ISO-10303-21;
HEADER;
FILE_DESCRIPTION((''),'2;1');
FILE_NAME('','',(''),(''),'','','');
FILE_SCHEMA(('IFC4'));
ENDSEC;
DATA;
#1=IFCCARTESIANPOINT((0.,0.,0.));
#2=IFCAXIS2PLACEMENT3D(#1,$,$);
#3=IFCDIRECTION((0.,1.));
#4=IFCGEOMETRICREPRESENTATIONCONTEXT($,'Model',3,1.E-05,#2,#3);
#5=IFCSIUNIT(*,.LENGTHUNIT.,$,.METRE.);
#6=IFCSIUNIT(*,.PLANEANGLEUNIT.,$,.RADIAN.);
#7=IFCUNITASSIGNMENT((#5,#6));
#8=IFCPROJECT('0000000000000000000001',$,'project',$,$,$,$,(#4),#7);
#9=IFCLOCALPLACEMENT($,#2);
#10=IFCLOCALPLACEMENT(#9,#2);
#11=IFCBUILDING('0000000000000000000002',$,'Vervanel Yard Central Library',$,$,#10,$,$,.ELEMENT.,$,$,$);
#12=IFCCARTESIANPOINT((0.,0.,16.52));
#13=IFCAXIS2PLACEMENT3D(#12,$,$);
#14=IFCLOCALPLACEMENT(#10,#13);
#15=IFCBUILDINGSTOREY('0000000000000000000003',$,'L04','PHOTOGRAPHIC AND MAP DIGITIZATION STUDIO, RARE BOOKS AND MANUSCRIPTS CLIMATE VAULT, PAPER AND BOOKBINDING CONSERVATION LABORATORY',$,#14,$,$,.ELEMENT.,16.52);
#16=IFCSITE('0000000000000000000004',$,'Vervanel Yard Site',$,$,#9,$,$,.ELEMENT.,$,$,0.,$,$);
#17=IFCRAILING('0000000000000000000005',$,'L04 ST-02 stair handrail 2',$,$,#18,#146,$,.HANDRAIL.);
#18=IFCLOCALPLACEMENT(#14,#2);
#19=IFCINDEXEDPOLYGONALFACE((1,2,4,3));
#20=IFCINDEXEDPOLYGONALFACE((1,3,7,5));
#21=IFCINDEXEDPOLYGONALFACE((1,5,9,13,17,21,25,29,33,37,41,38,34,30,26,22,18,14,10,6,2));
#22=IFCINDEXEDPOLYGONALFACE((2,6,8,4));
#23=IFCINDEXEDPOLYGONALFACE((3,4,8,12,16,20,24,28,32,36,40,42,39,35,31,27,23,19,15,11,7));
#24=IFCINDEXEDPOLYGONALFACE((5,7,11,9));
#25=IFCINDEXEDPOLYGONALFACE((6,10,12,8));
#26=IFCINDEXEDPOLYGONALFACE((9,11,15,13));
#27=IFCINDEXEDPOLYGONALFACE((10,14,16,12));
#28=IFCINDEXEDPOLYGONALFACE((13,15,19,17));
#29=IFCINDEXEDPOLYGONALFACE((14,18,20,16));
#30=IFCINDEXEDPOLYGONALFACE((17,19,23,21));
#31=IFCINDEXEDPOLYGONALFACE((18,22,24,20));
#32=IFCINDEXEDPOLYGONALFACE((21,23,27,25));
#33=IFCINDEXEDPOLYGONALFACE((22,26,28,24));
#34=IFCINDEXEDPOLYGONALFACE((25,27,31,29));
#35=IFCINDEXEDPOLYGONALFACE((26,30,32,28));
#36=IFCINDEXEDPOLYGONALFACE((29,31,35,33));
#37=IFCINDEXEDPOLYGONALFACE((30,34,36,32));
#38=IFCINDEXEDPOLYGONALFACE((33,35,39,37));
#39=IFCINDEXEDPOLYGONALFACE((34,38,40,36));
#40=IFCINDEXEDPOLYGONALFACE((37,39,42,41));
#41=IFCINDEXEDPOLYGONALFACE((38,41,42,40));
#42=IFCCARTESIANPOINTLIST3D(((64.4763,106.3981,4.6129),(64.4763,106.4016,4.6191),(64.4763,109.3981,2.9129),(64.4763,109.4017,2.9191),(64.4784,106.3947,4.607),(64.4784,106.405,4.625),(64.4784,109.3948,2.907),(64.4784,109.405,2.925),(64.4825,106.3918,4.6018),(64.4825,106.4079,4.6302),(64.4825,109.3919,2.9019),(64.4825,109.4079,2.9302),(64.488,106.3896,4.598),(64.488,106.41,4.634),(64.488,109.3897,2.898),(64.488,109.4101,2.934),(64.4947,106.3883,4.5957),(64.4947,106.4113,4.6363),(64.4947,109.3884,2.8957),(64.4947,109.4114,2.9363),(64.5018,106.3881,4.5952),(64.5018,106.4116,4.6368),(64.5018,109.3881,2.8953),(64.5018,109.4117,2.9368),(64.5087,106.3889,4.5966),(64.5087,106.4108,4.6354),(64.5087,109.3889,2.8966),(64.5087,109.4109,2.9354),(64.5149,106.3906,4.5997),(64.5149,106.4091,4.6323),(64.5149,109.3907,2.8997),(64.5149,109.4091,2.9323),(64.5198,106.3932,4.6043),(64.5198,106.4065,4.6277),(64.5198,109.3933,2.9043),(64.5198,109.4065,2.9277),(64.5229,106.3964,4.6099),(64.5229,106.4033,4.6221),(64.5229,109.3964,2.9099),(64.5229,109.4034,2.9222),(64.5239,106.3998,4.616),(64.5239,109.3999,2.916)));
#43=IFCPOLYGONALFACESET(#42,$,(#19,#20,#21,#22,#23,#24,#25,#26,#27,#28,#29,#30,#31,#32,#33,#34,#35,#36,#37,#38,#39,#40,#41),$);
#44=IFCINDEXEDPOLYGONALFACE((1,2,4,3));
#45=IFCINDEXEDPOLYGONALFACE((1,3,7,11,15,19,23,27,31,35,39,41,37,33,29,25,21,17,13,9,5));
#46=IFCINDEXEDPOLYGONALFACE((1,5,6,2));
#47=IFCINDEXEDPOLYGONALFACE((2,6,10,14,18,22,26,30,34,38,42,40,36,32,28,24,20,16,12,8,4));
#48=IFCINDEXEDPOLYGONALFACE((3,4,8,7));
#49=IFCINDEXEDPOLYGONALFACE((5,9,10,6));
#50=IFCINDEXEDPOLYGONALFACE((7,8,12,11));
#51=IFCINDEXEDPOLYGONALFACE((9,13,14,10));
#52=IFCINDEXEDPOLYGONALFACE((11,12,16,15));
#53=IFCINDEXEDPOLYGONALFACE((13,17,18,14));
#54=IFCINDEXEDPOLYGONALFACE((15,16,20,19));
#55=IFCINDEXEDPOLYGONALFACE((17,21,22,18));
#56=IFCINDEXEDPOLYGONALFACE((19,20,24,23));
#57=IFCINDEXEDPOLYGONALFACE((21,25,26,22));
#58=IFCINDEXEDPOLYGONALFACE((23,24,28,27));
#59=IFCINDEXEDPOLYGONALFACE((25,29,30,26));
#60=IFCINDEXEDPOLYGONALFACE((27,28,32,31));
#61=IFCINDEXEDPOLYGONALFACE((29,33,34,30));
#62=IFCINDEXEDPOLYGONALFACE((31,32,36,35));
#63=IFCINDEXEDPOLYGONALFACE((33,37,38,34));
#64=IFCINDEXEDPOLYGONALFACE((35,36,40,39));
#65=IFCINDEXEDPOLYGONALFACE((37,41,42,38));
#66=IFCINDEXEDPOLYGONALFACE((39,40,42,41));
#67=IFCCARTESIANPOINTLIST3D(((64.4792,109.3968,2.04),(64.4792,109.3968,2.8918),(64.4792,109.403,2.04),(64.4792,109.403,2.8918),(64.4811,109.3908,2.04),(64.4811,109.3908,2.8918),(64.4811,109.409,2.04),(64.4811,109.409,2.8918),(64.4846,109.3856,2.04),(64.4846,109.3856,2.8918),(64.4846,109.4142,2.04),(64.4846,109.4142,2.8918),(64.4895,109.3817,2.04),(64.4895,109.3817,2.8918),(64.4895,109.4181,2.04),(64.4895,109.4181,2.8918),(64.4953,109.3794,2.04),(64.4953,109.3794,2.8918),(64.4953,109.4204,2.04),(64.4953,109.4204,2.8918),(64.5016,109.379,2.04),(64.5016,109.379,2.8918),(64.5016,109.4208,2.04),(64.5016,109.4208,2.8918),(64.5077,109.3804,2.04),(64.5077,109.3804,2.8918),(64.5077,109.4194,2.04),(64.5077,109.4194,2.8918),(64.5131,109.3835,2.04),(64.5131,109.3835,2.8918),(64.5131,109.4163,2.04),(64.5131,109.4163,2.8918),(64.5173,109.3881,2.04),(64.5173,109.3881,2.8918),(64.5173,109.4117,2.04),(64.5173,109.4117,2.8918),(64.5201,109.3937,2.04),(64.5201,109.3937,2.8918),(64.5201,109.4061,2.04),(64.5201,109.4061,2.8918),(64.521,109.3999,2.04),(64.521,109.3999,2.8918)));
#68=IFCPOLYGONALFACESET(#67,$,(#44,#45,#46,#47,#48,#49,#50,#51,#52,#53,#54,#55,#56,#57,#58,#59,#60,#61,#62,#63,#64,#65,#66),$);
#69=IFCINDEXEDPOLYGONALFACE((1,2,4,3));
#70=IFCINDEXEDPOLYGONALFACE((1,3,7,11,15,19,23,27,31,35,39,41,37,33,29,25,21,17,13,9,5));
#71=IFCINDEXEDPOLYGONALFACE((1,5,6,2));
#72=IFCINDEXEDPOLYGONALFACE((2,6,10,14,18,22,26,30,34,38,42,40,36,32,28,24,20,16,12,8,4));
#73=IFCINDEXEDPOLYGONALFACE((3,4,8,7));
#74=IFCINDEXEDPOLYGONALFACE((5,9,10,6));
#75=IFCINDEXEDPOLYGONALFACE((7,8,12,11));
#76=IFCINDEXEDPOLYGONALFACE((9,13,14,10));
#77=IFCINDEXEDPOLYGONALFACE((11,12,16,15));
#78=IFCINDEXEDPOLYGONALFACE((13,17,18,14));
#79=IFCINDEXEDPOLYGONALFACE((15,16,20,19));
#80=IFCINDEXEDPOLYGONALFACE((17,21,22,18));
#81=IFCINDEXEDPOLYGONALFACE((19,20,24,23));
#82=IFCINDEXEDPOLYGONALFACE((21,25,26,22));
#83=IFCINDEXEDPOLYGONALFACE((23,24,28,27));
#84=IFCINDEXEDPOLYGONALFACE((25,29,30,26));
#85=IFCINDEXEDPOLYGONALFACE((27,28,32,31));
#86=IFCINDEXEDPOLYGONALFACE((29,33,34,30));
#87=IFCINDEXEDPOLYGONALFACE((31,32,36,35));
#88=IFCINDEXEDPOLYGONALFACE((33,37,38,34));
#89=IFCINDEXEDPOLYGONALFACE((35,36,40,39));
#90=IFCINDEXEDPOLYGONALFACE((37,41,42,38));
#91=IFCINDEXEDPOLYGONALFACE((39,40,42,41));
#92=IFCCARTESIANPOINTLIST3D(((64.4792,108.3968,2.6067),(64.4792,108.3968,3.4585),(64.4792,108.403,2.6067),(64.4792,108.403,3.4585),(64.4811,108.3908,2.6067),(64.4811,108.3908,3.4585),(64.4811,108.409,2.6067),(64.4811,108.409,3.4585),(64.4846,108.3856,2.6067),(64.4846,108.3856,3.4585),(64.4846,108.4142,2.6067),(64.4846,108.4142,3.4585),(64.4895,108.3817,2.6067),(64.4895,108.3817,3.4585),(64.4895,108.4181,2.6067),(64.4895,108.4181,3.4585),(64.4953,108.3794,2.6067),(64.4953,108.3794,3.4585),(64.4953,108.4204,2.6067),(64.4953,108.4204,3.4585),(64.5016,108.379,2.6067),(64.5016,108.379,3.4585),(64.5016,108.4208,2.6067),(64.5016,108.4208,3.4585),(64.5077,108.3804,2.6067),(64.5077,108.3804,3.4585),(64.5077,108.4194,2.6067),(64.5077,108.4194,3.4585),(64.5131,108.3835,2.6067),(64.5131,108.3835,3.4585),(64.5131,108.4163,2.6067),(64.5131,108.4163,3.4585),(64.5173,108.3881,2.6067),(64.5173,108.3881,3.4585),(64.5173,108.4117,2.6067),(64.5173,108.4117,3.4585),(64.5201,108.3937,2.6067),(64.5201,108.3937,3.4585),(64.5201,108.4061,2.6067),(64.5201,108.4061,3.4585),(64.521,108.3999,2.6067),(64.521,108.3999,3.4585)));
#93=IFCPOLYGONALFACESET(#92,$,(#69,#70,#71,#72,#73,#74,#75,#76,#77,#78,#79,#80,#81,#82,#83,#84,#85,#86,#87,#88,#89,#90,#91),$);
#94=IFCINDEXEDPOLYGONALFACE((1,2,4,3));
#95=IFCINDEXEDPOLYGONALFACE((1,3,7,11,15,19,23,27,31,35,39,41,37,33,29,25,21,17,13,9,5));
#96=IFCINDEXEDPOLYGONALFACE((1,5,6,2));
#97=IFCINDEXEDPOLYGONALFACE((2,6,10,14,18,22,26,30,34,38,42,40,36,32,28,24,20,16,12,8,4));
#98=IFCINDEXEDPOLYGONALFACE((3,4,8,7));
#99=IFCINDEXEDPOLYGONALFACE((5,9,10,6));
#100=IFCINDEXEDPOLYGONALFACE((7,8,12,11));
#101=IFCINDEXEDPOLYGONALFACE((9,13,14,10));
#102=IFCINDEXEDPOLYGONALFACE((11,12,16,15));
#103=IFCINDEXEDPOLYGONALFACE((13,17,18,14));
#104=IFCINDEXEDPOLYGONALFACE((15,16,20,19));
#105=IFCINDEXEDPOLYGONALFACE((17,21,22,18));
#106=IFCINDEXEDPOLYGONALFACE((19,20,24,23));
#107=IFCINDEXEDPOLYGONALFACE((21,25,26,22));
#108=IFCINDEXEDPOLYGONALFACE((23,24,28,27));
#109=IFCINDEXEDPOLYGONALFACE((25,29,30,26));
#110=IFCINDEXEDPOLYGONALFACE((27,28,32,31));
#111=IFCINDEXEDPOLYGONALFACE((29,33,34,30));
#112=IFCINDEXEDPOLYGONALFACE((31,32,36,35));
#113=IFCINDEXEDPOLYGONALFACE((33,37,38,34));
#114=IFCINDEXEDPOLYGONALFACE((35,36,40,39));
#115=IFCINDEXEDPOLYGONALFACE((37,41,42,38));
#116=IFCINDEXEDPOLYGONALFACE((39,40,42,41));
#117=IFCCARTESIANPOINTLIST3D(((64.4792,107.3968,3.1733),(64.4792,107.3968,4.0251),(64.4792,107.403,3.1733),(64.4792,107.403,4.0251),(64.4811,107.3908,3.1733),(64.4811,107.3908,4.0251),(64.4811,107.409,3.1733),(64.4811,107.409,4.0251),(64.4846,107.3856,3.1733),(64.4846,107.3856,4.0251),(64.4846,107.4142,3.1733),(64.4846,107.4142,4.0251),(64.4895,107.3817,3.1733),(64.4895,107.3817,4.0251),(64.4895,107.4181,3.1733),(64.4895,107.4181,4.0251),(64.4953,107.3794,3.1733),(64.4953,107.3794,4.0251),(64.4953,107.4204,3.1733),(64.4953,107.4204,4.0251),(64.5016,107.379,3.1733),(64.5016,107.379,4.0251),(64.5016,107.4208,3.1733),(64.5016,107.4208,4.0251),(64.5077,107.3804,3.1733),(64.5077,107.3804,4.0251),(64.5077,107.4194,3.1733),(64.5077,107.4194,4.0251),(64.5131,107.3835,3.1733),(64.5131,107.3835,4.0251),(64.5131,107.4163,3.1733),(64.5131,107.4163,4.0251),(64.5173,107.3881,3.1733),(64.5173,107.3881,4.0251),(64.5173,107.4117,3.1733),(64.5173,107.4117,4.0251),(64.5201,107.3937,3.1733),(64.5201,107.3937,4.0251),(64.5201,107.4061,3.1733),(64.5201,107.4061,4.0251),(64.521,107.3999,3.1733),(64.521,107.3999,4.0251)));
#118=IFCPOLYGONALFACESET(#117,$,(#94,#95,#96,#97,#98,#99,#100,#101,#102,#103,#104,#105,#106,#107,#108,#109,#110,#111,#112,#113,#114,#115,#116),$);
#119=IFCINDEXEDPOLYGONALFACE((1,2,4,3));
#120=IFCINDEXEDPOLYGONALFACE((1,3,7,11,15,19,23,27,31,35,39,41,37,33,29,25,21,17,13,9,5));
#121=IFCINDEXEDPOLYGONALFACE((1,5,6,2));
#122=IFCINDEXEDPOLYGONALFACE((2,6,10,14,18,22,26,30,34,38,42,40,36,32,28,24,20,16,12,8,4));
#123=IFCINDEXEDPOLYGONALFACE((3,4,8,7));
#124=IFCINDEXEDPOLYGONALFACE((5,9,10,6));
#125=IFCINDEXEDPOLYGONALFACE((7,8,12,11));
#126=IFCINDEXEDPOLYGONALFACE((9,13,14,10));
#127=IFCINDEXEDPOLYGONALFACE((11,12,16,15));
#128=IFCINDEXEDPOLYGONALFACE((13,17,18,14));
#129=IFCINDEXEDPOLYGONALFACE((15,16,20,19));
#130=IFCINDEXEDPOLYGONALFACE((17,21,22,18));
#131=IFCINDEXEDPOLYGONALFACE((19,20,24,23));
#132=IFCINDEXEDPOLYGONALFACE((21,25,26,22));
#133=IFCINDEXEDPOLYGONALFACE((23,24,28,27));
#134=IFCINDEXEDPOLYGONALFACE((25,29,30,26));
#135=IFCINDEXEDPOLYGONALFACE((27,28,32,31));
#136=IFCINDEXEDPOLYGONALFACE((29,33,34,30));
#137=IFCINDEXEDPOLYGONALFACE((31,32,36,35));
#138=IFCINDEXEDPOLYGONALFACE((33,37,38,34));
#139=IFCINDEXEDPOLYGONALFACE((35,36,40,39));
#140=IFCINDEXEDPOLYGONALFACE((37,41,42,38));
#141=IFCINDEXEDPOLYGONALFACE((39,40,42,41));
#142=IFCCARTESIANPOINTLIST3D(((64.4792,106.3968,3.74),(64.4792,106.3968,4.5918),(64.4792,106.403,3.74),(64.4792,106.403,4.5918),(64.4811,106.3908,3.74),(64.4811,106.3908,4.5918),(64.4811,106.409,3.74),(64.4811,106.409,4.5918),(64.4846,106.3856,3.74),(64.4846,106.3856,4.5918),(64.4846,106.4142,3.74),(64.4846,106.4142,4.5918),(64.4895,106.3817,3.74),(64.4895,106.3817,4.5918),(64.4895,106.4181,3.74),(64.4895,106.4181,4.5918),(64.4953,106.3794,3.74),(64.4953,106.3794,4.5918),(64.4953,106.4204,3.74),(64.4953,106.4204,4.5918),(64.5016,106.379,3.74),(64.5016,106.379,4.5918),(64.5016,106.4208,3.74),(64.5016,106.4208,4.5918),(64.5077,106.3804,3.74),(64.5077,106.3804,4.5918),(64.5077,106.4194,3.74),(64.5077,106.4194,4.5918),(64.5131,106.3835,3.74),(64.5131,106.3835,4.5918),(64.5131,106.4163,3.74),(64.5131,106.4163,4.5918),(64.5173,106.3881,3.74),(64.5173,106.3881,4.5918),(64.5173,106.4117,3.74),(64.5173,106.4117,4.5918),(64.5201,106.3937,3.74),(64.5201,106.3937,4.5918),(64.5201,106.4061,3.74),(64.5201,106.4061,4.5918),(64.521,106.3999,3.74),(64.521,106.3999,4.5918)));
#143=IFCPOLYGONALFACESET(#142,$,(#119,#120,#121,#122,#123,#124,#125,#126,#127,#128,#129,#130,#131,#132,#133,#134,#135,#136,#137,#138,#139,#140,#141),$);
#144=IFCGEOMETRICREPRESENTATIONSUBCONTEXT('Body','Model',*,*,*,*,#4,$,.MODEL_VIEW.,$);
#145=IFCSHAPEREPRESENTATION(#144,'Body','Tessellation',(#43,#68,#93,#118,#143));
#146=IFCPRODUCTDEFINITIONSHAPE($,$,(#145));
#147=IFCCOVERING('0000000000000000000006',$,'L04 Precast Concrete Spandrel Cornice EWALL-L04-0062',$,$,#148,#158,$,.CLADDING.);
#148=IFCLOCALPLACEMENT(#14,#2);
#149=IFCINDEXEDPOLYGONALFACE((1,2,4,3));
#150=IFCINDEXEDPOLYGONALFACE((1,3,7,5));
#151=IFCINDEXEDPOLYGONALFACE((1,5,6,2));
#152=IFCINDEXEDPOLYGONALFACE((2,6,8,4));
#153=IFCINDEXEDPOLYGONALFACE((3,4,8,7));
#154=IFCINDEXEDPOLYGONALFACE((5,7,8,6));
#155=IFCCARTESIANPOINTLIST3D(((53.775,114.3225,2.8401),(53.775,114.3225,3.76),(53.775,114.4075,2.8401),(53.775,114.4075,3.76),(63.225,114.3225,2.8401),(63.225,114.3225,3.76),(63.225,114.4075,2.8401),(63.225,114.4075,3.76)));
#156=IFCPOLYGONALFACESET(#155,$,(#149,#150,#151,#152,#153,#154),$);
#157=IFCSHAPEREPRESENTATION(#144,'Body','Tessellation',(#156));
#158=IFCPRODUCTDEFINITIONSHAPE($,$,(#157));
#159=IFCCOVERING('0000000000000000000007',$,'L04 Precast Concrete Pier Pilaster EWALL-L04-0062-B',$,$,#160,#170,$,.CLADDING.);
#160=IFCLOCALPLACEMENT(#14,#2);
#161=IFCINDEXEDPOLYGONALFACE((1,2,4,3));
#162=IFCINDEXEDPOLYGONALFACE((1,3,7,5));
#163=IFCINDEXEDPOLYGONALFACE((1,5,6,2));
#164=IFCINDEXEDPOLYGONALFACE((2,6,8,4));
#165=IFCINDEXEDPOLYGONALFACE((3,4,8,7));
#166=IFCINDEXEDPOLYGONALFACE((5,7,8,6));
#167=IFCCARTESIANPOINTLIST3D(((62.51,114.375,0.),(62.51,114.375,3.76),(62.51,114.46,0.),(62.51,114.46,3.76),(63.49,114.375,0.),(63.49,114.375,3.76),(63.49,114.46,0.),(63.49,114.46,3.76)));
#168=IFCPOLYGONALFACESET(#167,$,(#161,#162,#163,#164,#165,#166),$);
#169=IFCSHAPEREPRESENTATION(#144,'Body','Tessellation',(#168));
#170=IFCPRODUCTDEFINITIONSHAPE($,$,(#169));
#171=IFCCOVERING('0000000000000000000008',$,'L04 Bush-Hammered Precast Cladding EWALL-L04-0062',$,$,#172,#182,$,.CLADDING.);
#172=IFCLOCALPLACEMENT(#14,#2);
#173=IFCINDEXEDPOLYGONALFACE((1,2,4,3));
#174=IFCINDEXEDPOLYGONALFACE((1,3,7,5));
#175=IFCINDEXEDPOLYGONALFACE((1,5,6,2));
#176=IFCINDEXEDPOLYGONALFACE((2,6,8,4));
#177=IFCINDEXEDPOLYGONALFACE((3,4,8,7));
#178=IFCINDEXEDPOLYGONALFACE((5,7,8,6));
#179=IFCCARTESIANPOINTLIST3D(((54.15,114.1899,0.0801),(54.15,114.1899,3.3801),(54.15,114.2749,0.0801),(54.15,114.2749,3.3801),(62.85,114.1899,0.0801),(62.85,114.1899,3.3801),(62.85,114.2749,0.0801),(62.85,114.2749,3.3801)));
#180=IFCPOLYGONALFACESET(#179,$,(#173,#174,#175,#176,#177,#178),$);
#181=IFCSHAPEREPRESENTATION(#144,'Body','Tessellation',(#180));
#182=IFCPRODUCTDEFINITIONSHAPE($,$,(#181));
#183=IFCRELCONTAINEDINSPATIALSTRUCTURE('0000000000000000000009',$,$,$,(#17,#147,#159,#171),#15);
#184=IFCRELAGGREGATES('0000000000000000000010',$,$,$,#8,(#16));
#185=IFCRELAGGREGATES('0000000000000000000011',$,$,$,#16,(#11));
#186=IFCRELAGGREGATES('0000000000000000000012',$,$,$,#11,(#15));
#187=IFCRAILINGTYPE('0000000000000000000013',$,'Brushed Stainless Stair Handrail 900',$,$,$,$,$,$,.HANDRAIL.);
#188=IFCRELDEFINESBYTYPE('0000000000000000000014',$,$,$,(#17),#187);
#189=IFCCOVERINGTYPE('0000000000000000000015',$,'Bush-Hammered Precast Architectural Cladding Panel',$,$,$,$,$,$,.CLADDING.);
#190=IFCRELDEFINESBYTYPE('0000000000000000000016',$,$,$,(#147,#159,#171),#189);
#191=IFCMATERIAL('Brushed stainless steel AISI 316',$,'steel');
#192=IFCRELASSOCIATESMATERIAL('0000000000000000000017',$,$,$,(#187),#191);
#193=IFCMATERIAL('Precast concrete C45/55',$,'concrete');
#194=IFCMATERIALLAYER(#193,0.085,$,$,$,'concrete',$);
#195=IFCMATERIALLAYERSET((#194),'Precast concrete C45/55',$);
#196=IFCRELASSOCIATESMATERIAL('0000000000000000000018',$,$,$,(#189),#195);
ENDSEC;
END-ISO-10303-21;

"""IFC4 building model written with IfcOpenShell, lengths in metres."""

from ifc_helpers import new_model, si_unit, direction, frame, origin, origin_2d, place, context, subcontext, project, spatial, rectangle, circle, extrude, material, layer, layer_set, type_object, element, save


model = new_model("IFC4")

# Units and contexts
model_context = context("Model", 3, precision=1e-05, world=origin(), true_north=direction((0.0, 1.0)))
body_context = subcontext(model_context, "Body", "Model", "MODEL_VIEW")
ifc_project = project(units=[si_unit("LENGTHUNIT", "METRE"), si_unit("PLANEANGLEUNIT", "RADIAN")], contexts=[model_context])

# Site, building, storey
site_placement = place(None, origin())
site = spatial("IfcSite", under=ifc_project, at=site_placement, Name="Vervanel Yard Site", CompositionType="ELEMENT", RefElevation=0.0)
building_placement = place(site_placement, origin())
building = spatial("IfcBuilding", under=site, at=building_placement, Name="Vervanel Yard Central Library", CompositionType="ELEMENT")
storey_placement = place(building_placement, frame((0.0, 0.0, 16.52)))
storey = spatial("IfcBuildingStorey", under=building, at=storey_placement, Name="L04", Description="PHOTOGRAPHIC AND MAP DIGITIZATION STUDIO, RARE BOOKS AND MANUSCRIPTS CLIMATE VAULT, PAPER AND BOOKBINDING CONSERVATION LABORATORY", CompositionType="ELEMENT", Elevation=16.52)

# Railing
ifc_material_1 = material(Name="Brushed stainless steel AISI 316", Category="steel")
railing_type_1 = type_object("IfcRailingType", Name="Brushed Stainless Stair Handrail 900", PredefinedType="HANDRAIL", material=ifc_material_1)
railing_1_placement = place(storey_placement, frame((64.5, 109.3999, 2.04)))
element("IfcRailing", 1, at=railing_1_placement, inside=storey, type_object=railing_type_1, Name="L04 ST-02 stair handrail 2", PredefinedType="HANDRAIL", context=body_context, shape_type="SweptSolid", body=[
    extrude(circle(Radius=0.0239, at=origin_2d()), frame((0.0, 0.0, 0.876), z_axis=(0.0, -0.870028, 0.493002), x_axis=(1.0, 0.0, 0.0)), (0.0, 0.0, 1.0), 3.4482),
    extrude(circle(Radius=0.021, at=origin_2d()), origin(), (0.0, 0.0, 1.0), 0.8518),
    extrude(circle(Radius=0.021, at=origin_2d()), frame((0.0, -1.0, 0.5667)), (0.0, 0.0, 1.0), 0.8518),
    extrude(circle(Radius=0.021, at=origin_2d()), frame((0.0, -2.0, 1.1333)), (0.0, 0.0, 1.0), 0.8518),
    extrude(circle(Radius=0.021, at=origin_2d()), frame((0.0, -3.0, 1.7)), (0.0, 0.0, 1.0), 0.8518),
])

# Coverings
ifc_material_2 = material(Name="Precast concrete C45/55", Category="concrete")
ifc_layer_1 = layer(ifc_material_2, 0.085, Category="concrete")
ifc_layer_set_1 = layer_set([ifc_layer_1], Name="Precast concrete C45/55")
covering_type = type_object("IfcCoveringType", Name="Bush-Hammered Precast Architectural Cladding Panel", PredefinedType="CLADDING", material=ifc_layer_set_1)
covering_1_placement = place(storey_placement, frame((58.5, 114.365, 2.8401), z_axis=(0.0, 0.0, 1.0), x_axis=(1.0, 0.0, 0.0)))
element("IfcCovering", 2, at=covering_1_placement, inside=storey, type_object=covering_type, Name="L04 Precast Concrete Spandrel Cornice EWALL-L04-0062", PredefinedType="CLADDING", context=body_context, shape_type="SweptSolid", body=[
    extrude(rectangle(XDim=9.45, YDim=0.085, at=origin_2d()), origin(), (0.0, 0.0, 1.0), 0.9199),
])
covering_2_placement = place(storey_placement, frame((63.0, 114.4175, 0.0), z_axis=(0.0, 0.0, 1.0), x_axis=(1.0, 0.0, 0.0)))
element("IfcCovering", 3, at=covering_2_placement, inside=storey, type_object=covering_type, Name="L04 Precast Concrete Pier Pilaster EWALL-L04-0062-B", PredefinedType="CLADDING", context=body_context, shape_type="SweptSolid", body=[
    extrude(rectangle(XDim=0.98, YDim=0.085, at=origin_2d()), origin(), (0.0, 0.0, 1.0), 3.76),
])
covering_3_placement = place(storey_placement, frame((58.5, 114.2324, 0.0801), z_axis=(0.0, 0.0, 1.0), x_axis=(1.0, 0.0, 0.0)))
element("IfcCovering", 4, at=covering_3_placement, inside=storey, type_object=covering_type, Name="L04 Bush-Hammered Precast Cladding EWALL-L04-0062", PredefinedType="CLADDING", context=body_context, shape_type="SweptSolid", body=[
    extrude(rectangle(XDim=8.7, YDim=0.085, at=origin_2d()), origin(), (0.0, 0.0, 1.0), 3.3),
])

save(model, "model.ifc")
